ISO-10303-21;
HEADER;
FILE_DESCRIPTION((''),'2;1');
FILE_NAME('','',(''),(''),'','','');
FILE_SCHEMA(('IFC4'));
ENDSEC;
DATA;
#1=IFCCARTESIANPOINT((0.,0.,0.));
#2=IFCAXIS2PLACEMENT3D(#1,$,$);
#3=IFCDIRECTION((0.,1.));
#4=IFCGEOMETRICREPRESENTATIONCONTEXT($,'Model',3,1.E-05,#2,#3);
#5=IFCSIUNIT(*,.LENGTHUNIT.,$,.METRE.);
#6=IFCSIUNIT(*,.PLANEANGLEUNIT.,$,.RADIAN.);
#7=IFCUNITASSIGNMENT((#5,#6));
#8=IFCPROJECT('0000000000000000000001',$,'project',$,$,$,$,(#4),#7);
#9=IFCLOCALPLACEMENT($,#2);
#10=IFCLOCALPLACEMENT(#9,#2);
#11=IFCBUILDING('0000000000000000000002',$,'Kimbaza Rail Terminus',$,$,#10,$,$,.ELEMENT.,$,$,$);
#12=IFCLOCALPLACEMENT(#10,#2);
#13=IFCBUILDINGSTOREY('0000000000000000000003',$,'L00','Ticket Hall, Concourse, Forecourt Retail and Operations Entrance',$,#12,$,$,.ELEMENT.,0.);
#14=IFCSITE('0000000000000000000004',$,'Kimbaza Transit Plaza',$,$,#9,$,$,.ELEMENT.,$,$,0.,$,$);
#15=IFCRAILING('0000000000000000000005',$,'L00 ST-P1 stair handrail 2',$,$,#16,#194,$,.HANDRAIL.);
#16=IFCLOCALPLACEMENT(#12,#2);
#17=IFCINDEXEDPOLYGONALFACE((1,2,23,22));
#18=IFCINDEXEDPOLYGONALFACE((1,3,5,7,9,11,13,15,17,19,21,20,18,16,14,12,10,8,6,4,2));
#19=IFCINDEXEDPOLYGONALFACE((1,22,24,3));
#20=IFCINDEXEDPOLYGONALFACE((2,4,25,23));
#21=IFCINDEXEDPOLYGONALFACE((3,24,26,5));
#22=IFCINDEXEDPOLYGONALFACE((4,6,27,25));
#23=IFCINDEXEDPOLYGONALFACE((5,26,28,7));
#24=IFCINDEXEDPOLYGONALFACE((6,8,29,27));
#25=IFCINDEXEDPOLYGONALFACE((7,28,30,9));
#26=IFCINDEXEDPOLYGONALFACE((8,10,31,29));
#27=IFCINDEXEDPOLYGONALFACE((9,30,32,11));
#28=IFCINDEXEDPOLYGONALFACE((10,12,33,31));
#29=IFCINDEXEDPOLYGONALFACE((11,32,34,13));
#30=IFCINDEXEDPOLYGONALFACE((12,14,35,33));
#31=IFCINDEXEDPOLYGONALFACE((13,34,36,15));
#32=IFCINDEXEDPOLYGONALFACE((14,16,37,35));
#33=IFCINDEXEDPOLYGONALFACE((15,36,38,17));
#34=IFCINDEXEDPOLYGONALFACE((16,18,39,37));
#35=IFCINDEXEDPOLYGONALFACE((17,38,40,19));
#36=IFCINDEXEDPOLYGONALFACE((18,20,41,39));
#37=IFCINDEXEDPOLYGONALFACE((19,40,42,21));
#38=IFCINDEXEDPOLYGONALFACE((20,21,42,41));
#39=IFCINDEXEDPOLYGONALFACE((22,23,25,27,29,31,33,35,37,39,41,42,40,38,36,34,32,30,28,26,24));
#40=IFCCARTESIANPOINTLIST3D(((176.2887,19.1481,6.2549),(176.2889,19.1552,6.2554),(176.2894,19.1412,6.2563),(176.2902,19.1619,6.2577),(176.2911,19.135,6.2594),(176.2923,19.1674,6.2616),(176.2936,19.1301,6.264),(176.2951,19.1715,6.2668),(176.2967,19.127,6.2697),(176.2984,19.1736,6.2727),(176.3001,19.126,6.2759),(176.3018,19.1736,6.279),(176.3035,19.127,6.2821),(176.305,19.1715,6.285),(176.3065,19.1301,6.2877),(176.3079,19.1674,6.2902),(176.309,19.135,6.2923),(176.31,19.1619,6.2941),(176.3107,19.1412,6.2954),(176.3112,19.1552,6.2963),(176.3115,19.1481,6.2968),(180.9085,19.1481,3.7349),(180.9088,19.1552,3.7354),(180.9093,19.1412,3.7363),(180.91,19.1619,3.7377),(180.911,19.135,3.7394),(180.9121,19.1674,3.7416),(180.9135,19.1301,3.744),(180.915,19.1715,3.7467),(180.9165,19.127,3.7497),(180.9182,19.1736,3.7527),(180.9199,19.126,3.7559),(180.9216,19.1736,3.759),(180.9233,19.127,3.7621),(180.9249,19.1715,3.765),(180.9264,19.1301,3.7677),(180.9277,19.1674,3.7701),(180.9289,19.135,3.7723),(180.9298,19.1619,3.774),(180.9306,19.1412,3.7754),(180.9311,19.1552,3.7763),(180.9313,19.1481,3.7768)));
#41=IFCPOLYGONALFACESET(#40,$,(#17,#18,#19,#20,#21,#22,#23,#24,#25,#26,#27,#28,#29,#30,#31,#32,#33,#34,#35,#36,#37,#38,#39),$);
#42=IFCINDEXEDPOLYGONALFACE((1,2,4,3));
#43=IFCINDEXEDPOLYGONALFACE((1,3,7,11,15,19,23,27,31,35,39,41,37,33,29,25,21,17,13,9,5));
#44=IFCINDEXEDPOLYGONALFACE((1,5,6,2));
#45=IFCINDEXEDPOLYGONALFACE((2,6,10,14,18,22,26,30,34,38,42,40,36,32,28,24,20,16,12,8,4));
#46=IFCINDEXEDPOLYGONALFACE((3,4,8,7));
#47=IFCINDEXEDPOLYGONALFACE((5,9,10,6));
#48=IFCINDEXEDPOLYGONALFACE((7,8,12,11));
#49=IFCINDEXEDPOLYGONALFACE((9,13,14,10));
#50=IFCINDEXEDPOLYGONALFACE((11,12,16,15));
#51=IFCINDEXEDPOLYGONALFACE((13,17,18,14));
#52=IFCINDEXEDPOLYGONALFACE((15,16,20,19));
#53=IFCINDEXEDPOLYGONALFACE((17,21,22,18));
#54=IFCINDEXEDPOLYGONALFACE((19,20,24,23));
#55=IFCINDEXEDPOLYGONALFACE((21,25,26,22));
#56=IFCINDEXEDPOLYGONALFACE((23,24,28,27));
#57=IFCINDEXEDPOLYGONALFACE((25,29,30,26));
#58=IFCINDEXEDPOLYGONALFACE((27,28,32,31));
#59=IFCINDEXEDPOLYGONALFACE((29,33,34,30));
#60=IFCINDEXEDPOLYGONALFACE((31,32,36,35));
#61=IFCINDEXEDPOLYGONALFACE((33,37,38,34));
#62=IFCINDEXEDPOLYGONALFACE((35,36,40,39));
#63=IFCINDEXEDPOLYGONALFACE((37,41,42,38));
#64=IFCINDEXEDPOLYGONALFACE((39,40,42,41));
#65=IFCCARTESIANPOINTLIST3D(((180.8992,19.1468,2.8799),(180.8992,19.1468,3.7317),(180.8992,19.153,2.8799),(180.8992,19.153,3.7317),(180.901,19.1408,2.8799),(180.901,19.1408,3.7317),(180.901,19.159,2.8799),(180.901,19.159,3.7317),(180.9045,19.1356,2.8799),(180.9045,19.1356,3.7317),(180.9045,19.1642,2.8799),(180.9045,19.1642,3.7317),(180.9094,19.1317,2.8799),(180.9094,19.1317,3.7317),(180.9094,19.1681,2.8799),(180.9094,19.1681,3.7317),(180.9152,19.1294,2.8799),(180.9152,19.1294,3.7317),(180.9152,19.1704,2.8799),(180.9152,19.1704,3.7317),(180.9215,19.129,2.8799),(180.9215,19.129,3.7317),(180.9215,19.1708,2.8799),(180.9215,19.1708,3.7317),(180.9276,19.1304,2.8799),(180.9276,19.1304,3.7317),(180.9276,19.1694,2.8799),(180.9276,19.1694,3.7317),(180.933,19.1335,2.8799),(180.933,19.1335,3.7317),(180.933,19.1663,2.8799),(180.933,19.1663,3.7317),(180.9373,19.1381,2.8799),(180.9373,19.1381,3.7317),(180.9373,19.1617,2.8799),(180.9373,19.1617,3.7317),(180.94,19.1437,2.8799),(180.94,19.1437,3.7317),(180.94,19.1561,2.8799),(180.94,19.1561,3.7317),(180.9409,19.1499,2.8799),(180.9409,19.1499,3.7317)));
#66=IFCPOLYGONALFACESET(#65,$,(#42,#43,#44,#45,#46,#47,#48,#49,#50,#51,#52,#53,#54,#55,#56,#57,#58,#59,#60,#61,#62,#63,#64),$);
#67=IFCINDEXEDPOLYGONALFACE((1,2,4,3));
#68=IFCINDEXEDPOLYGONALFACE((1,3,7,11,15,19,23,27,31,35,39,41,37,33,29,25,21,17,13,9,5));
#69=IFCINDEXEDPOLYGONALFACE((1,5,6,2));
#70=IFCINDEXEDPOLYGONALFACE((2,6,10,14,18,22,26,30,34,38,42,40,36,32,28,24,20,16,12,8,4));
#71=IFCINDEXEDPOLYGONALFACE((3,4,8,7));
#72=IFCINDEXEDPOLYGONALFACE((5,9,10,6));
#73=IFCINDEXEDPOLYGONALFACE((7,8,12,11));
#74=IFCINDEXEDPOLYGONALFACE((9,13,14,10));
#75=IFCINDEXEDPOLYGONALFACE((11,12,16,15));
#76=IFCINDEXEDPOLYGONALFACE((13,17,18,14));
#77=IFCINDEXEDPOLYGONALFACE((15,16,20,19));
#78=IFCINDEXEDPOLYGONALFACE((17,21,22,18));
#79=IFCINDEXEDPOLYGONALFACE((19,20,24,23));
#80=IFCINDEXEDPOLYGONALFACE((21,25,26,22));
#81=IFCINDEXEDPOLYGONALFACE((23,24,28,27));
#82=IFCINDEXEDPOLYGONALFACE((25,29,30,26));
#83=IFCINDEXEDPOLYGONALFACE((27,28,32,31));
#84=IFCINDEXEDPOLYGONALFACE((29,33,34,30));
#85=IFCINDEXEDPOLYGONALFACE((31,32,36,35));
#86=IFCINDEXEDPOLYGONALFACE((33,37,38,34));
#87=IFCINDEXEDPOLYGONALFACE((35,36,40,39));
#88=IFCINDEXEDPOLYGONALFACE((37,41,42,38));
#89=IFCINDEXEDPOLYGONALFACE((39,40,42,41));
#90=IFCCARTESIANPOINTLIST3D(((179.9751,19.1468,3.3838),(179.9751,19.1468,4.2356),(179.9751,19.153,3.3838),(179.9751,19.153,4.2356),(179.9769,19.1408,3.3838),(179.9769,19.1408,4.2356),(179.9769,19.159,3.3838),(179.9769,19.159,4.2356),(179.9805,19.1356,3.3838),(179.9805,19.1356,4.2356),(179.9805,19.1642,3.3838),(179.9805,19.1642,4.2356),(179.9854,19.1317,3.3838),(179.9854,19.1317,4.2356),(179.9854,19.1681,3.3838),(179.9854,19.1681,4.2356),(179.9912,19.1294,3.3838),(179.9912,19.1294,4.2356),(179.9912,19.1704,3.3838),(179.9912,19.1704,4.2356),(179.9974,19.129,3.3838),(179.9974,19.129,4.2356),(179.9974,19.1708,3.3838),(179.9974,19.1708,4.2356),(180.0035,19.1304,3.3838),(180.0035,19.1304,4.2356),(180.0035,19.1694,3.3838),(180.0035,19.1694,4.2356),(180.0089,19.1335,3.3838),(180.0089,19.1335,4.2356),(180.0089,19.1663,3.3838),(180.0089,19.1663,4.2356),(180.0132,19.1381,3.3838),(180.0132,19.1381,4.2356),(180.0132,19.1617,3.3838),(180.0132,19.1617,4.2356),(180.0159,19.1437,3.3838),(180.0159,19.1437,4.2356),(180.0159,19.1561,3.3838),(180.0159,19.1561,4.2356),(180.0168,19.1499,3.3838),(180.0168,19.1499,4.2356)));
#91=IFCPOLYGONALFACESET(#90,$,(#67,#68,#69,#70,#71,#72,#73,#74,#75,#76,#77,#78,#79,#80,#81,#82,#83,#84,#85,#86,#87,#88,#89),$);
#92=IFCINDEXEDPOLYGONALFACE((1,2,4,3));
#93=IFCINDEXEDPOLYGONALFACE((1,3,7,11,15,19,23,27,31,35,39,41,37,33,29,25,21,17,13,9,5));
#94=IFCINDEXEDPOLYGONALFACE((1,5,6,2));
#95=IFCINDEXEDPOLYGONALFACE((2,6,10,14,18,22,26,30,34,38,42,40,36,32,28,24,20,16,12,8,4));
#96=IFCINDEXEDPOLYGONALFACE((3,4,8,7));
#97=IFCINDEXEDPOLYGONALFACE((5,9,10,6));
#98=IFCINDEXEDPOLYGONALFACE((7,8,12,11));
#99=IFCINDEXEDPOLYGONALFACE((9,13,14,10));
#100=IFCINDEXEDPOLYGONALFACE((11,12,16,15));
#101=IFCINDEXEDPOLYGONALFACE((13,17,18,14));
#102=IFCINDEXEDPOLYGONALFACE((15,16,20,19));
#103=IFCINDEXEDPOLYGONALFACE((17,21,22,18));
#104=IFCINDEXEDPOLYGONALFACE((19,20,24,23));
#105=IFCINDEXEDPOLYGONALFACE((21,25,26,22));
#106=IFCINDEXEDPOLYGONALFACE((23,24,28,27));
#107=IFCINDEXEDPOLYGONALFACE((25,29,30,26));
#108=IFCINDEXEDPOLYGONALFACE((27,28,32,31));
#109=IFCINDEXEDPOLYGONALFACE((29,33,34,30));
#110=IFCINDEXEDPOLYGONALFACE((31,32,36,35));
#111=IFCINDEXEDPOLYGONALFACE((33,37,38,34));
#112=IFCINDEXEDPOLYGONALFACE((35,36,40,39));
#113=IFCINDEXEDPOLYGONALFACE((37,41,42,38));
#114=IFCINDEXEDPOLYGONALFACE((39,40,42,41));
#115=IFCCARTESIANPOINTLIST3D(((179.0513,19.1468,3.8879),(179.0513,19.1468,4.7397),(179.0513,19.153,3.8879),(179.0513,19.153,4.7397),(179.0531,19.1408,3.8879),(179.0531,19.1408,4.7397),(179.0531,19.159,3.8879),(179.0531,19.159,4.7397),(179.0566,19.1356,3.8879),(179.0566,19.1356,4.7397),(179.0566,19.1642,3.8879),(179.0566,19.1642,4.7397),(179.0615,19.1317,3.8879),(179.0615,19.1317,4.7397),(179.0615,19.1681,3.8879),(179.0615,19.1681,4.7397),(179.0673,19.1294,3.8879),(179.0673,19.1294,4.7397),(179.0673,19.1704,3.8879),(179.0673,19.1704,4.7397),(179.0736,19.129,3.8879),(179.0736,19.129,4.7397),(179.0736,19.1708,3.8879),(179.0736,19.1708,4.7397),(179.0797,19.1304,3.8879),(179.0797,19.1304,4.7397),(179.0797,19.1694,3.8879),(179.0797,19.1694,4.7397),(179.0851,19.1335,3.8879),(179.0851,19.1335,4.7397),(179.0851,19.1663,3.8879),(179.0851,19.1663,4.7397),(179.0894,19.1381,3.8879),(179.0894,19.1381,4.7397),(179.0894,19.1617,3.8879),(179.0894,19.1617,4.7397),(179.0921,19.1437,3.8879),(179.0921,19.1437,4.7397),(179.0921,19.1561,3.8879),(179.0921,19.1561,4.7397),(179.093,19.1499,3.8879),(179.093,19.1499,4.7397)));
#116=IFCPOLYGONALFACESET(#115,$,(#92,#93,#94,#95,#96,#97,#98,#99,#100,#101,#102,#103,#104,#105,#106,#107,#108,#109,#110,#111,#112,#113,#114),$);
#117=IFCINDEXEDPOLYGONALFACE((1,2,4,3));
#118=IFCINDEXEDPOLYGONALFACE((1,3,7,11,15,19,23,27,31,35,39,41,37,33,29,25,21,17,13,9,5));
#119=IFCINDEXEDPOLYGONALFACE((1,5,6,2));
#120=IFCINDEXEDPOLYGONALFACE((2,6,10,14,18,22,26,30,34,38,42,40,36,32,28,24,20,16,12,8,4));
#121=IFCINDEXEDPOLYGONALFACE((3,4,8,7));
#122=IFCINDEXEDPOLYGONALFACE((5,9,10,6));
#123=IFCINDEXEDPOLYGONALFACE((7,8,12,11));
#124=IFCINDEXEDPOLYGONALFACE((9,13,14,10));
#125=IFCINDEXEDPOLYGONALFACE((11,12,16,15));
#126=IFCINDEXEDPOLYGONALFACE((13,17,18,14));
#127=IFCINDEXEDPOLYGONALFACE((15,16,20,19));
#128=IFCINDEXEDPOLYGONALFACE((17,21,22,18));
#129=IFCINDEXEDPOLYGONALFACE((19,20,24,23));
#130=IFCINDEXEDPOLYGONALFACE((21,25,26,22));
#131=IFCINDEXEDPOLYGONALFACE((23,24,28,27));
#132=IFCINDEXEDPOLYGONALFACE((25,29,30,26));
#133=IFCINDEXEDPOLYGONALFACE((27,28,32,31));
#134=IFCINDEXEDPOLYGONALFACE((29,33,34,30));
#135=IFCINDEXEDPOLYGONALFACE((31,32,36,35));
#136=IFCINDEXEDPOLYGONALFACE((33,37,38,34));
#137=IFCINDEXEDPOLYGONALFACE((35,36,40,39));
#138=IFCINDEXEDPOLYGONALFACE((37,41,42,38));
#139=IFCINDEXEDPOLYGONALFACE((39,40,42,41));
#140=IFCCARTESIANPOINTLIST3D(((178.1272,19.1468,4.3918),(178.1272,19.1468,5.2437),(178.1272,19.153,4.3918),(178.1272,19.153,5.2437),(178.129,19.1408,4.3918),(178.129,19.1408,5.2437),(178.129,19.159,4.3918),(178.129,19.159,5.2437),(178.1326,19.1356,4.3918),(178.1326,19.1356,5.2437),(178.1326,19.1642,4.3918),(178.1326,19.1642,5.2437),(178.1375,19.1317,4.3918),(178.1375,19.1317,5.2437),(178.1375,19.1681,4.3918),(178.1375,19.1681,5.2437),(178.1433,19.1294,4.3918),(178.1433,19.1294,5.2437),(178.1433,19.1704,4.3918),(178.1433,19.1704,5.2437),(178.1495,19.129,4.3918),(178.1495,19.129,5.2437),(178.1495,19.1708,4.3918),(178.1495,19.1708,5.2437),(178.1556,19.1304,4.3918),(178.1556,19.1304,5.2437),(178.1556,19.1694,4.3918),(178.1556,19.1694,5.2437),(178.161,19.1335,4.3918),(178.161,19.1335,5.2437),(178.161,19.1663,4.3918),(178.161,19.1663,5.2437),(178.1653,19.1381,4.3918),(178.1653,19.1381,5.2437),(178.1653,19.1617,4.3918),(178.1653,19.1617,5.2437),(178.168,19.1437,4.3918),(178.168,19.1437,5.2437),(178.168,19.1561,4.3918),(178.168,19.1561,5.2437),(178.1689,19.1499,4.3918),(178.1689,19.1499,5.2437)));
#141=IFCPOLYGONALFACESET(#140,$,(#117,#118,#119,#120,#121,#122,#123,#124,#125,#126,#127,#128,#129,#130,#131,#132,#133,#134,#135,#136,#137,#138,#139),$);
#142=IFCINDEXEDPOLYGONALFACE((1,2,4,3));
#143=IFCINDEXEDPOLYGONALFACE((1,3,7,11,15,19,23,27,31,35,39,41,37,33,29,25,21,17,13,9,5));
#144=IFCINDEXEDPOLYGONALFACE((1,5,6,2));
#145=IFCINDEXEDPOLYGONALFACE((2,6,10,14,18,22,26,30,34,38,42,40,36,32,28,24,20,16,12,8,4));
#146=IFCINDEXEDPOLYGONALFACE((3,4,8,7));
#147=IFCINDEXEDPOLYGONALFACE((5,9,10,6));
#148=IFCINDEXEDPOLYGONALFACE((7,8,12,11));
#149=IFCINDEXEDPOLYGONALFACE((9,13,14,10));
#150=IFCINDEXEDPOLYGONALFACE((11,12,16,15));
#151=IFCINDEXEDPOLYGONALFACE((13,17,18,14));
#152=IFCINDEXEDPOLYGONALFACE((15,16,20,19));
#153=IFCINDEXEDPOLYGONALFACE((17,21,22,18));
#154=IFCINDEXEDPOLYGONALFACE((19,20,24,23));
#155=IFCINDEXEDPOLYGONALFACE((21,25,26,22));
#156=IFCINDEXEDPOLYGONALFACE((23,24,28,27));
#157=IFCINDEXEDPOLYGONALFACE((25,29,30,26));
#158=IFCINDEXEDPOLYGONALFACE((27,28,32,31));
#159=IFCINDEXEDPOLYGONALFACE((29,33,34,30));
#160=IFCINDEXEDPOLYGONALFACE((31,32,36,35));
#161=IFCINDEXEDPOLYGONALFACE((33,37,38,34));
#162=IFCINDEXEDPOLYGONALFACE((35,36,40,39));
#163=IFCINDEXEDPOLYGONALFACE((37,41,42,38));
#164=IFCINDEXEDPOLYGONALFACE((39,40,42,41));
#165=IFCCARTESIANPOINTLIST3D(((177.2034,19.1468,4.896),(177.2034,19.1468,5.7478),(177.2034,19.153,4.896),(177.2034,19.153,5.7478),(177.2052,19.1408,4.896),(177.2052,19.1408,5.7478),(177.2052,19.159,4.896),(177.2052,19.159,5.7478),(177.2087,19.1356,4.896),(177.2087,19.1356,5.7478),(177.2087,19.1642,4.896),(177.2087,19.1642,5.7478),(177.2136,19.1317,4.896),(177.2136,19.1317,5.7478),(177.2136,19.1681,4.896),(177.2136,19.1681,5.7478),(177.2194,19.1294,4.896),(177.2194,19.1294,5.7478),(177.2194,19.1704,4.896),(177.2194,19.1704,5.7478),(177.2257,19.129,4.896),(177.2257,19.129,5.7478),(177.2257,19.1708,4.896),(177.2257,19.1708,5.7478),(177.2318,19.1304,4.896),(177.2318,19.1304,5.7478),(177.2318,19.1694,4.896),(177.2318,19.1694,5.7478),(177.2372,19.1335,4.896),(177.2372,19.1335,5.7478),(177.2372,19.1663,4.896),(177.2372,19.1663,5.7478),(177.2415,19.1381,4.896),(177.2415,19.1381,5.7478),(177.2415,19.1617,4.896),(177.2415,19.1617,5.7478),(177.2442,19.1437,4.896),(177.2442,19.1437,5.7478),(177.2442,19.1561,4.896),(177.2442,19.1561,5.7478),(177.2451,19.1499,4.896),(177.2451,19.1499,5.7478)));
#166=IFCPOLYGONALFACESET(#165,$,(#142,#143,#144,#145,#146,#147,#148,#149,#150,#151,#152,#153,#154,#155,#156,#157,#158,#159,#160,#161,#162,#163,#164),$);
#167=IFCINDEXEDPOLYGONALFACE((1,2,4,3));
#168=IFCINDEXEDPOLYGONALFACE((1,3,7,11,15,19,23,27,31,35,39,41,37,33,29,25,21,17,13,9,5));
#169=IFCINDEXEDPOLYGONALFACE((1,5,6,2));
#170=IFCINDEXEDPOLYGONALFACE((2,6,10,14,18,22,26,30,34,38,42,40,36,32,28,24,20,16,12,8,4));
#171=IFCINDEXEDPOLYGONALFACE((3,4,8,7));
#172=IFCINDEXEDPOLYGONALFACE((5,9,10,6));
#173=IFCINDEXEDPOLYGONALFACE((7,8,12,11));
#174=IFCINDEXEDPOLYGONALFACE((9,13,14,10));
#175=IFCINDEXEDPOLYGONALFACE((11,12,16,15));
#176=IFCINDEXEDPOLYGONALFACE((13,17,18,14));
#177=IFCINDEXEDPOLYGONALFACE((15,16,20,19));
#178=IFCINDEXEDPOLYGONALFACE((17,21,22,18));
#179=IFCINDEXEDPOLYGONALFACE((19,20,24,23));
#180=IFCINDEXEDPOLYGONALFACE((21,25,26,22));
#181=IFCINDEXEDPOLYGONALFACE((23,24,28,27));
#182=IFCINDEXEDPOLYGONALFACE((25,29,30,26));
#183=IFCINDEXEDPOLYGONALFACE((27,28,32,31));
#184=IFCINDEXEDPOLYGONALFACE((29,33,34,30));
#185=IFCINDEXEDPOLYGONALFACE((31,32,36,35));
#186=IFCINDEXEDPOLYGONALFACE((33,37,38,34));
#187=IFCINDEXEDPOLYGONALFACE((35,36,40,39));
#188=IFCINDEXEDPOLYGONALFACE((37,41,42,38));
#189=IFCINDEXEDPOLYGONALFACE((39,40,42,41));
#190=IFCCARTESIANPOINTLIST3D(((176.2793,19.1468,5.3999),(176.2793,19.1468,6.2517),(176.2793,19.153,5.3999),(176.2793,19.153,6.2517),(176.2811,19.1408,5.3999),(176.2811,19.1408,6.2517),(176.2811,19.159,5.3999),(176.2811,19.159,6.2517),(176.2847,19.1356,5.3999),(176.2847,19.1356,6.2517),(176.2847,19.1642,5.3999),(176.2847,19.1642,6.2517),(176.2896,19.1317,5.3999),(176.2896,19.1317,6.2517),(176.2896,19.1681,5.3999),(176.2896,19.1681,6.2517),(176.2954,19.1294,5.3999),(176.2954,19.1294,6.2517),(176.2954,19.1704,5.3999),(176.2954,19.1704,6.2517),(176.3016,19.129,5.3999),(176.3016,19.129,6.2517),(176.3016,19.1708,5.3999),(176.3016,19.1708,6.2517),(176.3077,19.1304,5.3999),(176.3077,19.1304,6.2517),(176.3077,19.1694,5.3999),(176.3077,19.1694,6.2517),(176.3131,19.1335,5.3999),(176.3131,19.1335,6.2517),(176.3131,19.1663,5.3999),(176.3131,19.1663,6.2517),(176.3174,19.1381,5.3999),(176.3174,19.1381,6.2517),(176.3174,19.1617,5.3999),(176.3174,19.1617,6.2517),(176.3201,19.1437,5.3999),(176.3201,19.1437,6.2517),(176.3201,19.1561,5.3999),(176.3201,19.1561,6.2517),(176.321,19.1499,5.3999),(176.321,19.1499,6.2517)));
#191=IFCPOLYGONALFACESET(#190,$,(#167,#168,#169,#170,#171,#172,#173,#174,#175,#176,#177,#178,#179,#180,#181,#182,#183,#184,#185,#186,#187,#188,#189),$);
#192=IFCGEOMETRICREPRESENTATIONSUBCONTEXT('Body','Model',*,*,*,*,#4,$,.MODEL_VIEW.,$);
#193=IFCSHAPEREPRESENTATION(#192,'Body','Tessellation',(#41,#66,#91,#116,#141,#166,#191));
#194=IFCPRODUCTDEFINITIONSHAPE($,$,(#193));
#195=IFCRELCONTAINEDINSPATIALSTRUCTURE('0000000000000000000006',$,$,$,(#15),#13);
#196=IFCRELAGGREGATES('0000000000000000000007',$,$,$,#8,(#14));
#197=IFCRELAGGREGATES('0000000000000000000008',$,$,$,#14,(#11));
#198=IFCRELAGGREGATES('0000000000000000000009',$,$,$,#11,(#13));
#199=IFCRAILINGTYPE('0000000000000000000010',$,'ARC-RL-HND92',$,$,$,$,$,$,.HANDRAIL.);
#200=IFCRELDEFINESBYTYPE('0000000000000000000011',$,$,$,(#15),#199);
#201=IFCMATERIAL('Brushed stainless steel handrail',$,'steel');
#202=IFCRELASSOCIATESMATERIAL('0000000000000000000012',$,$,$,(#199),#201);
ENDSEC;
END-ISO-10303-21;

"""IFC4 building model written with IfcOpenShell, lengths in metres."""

from ifc_helpers import new_model, si_unit, direction, frame, origin, origin_2d, place, context, subcontext, project, spatial, circle, extrude, material, type_object, element, save


model = new_model("IFC4")

# Units and contexts
model_context = context("Model", 3, precision=1e-05, world=origin(), true_north=direction((0.0, 1.0)))
body_context = subcontext(model_context, "Body", "Model", "MODEL_VIEW")
ifc_project = project(units=[si_unit("LENGTHUNIT", "METRE"), si_unit("PLANEANGLEUNIT", "RADIAN")], contexts=[model_context])

# Site, building, storey
site_placement = place(None, origin())
site = spatial("IfcSite", under=ifc_project, at=site_placement, Name="Kimbaza Transit Plaza", CompositionType="ELEMENT", RefElevation=0.0)
building_placement = place(site_placement, origin())
building = spatial("IfcBuilding", under=site, at=building_placement, Name="Kimbaza Rail Terminus", CompositionType="ELEMENT")
storey_placement = place(building_placement, origin())
storey = spatial("IfcBuildingStorey", under=building, at=storey_placement, Name="L00", Description="Ticket Hall, Concourse, Forecourt Retail and Operations Entrance", CompositionType="ELEMENT", Elevation=0.0)

# Railing
ifc_material_1 = material(Name="Brushed stainless steel handrail", Category="steel")
railing_type_1 = type_object("IfcRailingType", Name="ARC-RL-HND92", PredefinedType="HANDRAIL", material=ifc_material_1)
railing_1_placement = place(storey_placement, frame((180.9199, 19.1499, 2.8799)))
element("IfcRailing", 1, at=railing_1_placement, inside=storey, type_object=railing_type_1, Name="L00 ST-P1 stair handrail 2", PredefinedType="HANDRAIL", context=body_context, shape_type="SweptSolid", body=[
    extrude(circle(Radius=0.0239, at=origin_2d()), frame((0.0, 0.0, 0.876), z_axis=(-0.877888, 0.0, 0.478865), x_axis=(0.0, -1.0, 0.0)), (0.0, 0.0, 1.0), 5.2625),
    extrude(circle(Radius=0.021, at=origin_2d()), origin(), (0.0, 0.0, 1.0), 0.8518),
    extrude(circle(Radius=0.021, at=origin_2d()), frame((-0.9241, 0.0, 0.5039)), (0.0, 0.0, 1.0), 0.8518),
    extrude(circle(Radius=0.021, at=origin_2d()), frame((-1.8479, 0.0, 1.0081)), (0.0, 0.0, 1.0), 0.8518),
    extrude(circle(Radius=0.021, at=origin_2d()), frame((-2.772, 0.0, 1.512)), (0.0, 0.0, 1.0), 0.8518),
    extrude(circle(Radius=0.021, at=origin_2d()), frame((-3.6958, 0.0, 2.0161)), (0.0, 0.0, 1.0), 0.8518),
    extrude(circle(Radius=0.021, at=origin_2d()), frame((-4.6199, 0.0, 2.52)), (0.0, 0.0, 1.0), 0.8518),
])

save(model, "model.ifc")
